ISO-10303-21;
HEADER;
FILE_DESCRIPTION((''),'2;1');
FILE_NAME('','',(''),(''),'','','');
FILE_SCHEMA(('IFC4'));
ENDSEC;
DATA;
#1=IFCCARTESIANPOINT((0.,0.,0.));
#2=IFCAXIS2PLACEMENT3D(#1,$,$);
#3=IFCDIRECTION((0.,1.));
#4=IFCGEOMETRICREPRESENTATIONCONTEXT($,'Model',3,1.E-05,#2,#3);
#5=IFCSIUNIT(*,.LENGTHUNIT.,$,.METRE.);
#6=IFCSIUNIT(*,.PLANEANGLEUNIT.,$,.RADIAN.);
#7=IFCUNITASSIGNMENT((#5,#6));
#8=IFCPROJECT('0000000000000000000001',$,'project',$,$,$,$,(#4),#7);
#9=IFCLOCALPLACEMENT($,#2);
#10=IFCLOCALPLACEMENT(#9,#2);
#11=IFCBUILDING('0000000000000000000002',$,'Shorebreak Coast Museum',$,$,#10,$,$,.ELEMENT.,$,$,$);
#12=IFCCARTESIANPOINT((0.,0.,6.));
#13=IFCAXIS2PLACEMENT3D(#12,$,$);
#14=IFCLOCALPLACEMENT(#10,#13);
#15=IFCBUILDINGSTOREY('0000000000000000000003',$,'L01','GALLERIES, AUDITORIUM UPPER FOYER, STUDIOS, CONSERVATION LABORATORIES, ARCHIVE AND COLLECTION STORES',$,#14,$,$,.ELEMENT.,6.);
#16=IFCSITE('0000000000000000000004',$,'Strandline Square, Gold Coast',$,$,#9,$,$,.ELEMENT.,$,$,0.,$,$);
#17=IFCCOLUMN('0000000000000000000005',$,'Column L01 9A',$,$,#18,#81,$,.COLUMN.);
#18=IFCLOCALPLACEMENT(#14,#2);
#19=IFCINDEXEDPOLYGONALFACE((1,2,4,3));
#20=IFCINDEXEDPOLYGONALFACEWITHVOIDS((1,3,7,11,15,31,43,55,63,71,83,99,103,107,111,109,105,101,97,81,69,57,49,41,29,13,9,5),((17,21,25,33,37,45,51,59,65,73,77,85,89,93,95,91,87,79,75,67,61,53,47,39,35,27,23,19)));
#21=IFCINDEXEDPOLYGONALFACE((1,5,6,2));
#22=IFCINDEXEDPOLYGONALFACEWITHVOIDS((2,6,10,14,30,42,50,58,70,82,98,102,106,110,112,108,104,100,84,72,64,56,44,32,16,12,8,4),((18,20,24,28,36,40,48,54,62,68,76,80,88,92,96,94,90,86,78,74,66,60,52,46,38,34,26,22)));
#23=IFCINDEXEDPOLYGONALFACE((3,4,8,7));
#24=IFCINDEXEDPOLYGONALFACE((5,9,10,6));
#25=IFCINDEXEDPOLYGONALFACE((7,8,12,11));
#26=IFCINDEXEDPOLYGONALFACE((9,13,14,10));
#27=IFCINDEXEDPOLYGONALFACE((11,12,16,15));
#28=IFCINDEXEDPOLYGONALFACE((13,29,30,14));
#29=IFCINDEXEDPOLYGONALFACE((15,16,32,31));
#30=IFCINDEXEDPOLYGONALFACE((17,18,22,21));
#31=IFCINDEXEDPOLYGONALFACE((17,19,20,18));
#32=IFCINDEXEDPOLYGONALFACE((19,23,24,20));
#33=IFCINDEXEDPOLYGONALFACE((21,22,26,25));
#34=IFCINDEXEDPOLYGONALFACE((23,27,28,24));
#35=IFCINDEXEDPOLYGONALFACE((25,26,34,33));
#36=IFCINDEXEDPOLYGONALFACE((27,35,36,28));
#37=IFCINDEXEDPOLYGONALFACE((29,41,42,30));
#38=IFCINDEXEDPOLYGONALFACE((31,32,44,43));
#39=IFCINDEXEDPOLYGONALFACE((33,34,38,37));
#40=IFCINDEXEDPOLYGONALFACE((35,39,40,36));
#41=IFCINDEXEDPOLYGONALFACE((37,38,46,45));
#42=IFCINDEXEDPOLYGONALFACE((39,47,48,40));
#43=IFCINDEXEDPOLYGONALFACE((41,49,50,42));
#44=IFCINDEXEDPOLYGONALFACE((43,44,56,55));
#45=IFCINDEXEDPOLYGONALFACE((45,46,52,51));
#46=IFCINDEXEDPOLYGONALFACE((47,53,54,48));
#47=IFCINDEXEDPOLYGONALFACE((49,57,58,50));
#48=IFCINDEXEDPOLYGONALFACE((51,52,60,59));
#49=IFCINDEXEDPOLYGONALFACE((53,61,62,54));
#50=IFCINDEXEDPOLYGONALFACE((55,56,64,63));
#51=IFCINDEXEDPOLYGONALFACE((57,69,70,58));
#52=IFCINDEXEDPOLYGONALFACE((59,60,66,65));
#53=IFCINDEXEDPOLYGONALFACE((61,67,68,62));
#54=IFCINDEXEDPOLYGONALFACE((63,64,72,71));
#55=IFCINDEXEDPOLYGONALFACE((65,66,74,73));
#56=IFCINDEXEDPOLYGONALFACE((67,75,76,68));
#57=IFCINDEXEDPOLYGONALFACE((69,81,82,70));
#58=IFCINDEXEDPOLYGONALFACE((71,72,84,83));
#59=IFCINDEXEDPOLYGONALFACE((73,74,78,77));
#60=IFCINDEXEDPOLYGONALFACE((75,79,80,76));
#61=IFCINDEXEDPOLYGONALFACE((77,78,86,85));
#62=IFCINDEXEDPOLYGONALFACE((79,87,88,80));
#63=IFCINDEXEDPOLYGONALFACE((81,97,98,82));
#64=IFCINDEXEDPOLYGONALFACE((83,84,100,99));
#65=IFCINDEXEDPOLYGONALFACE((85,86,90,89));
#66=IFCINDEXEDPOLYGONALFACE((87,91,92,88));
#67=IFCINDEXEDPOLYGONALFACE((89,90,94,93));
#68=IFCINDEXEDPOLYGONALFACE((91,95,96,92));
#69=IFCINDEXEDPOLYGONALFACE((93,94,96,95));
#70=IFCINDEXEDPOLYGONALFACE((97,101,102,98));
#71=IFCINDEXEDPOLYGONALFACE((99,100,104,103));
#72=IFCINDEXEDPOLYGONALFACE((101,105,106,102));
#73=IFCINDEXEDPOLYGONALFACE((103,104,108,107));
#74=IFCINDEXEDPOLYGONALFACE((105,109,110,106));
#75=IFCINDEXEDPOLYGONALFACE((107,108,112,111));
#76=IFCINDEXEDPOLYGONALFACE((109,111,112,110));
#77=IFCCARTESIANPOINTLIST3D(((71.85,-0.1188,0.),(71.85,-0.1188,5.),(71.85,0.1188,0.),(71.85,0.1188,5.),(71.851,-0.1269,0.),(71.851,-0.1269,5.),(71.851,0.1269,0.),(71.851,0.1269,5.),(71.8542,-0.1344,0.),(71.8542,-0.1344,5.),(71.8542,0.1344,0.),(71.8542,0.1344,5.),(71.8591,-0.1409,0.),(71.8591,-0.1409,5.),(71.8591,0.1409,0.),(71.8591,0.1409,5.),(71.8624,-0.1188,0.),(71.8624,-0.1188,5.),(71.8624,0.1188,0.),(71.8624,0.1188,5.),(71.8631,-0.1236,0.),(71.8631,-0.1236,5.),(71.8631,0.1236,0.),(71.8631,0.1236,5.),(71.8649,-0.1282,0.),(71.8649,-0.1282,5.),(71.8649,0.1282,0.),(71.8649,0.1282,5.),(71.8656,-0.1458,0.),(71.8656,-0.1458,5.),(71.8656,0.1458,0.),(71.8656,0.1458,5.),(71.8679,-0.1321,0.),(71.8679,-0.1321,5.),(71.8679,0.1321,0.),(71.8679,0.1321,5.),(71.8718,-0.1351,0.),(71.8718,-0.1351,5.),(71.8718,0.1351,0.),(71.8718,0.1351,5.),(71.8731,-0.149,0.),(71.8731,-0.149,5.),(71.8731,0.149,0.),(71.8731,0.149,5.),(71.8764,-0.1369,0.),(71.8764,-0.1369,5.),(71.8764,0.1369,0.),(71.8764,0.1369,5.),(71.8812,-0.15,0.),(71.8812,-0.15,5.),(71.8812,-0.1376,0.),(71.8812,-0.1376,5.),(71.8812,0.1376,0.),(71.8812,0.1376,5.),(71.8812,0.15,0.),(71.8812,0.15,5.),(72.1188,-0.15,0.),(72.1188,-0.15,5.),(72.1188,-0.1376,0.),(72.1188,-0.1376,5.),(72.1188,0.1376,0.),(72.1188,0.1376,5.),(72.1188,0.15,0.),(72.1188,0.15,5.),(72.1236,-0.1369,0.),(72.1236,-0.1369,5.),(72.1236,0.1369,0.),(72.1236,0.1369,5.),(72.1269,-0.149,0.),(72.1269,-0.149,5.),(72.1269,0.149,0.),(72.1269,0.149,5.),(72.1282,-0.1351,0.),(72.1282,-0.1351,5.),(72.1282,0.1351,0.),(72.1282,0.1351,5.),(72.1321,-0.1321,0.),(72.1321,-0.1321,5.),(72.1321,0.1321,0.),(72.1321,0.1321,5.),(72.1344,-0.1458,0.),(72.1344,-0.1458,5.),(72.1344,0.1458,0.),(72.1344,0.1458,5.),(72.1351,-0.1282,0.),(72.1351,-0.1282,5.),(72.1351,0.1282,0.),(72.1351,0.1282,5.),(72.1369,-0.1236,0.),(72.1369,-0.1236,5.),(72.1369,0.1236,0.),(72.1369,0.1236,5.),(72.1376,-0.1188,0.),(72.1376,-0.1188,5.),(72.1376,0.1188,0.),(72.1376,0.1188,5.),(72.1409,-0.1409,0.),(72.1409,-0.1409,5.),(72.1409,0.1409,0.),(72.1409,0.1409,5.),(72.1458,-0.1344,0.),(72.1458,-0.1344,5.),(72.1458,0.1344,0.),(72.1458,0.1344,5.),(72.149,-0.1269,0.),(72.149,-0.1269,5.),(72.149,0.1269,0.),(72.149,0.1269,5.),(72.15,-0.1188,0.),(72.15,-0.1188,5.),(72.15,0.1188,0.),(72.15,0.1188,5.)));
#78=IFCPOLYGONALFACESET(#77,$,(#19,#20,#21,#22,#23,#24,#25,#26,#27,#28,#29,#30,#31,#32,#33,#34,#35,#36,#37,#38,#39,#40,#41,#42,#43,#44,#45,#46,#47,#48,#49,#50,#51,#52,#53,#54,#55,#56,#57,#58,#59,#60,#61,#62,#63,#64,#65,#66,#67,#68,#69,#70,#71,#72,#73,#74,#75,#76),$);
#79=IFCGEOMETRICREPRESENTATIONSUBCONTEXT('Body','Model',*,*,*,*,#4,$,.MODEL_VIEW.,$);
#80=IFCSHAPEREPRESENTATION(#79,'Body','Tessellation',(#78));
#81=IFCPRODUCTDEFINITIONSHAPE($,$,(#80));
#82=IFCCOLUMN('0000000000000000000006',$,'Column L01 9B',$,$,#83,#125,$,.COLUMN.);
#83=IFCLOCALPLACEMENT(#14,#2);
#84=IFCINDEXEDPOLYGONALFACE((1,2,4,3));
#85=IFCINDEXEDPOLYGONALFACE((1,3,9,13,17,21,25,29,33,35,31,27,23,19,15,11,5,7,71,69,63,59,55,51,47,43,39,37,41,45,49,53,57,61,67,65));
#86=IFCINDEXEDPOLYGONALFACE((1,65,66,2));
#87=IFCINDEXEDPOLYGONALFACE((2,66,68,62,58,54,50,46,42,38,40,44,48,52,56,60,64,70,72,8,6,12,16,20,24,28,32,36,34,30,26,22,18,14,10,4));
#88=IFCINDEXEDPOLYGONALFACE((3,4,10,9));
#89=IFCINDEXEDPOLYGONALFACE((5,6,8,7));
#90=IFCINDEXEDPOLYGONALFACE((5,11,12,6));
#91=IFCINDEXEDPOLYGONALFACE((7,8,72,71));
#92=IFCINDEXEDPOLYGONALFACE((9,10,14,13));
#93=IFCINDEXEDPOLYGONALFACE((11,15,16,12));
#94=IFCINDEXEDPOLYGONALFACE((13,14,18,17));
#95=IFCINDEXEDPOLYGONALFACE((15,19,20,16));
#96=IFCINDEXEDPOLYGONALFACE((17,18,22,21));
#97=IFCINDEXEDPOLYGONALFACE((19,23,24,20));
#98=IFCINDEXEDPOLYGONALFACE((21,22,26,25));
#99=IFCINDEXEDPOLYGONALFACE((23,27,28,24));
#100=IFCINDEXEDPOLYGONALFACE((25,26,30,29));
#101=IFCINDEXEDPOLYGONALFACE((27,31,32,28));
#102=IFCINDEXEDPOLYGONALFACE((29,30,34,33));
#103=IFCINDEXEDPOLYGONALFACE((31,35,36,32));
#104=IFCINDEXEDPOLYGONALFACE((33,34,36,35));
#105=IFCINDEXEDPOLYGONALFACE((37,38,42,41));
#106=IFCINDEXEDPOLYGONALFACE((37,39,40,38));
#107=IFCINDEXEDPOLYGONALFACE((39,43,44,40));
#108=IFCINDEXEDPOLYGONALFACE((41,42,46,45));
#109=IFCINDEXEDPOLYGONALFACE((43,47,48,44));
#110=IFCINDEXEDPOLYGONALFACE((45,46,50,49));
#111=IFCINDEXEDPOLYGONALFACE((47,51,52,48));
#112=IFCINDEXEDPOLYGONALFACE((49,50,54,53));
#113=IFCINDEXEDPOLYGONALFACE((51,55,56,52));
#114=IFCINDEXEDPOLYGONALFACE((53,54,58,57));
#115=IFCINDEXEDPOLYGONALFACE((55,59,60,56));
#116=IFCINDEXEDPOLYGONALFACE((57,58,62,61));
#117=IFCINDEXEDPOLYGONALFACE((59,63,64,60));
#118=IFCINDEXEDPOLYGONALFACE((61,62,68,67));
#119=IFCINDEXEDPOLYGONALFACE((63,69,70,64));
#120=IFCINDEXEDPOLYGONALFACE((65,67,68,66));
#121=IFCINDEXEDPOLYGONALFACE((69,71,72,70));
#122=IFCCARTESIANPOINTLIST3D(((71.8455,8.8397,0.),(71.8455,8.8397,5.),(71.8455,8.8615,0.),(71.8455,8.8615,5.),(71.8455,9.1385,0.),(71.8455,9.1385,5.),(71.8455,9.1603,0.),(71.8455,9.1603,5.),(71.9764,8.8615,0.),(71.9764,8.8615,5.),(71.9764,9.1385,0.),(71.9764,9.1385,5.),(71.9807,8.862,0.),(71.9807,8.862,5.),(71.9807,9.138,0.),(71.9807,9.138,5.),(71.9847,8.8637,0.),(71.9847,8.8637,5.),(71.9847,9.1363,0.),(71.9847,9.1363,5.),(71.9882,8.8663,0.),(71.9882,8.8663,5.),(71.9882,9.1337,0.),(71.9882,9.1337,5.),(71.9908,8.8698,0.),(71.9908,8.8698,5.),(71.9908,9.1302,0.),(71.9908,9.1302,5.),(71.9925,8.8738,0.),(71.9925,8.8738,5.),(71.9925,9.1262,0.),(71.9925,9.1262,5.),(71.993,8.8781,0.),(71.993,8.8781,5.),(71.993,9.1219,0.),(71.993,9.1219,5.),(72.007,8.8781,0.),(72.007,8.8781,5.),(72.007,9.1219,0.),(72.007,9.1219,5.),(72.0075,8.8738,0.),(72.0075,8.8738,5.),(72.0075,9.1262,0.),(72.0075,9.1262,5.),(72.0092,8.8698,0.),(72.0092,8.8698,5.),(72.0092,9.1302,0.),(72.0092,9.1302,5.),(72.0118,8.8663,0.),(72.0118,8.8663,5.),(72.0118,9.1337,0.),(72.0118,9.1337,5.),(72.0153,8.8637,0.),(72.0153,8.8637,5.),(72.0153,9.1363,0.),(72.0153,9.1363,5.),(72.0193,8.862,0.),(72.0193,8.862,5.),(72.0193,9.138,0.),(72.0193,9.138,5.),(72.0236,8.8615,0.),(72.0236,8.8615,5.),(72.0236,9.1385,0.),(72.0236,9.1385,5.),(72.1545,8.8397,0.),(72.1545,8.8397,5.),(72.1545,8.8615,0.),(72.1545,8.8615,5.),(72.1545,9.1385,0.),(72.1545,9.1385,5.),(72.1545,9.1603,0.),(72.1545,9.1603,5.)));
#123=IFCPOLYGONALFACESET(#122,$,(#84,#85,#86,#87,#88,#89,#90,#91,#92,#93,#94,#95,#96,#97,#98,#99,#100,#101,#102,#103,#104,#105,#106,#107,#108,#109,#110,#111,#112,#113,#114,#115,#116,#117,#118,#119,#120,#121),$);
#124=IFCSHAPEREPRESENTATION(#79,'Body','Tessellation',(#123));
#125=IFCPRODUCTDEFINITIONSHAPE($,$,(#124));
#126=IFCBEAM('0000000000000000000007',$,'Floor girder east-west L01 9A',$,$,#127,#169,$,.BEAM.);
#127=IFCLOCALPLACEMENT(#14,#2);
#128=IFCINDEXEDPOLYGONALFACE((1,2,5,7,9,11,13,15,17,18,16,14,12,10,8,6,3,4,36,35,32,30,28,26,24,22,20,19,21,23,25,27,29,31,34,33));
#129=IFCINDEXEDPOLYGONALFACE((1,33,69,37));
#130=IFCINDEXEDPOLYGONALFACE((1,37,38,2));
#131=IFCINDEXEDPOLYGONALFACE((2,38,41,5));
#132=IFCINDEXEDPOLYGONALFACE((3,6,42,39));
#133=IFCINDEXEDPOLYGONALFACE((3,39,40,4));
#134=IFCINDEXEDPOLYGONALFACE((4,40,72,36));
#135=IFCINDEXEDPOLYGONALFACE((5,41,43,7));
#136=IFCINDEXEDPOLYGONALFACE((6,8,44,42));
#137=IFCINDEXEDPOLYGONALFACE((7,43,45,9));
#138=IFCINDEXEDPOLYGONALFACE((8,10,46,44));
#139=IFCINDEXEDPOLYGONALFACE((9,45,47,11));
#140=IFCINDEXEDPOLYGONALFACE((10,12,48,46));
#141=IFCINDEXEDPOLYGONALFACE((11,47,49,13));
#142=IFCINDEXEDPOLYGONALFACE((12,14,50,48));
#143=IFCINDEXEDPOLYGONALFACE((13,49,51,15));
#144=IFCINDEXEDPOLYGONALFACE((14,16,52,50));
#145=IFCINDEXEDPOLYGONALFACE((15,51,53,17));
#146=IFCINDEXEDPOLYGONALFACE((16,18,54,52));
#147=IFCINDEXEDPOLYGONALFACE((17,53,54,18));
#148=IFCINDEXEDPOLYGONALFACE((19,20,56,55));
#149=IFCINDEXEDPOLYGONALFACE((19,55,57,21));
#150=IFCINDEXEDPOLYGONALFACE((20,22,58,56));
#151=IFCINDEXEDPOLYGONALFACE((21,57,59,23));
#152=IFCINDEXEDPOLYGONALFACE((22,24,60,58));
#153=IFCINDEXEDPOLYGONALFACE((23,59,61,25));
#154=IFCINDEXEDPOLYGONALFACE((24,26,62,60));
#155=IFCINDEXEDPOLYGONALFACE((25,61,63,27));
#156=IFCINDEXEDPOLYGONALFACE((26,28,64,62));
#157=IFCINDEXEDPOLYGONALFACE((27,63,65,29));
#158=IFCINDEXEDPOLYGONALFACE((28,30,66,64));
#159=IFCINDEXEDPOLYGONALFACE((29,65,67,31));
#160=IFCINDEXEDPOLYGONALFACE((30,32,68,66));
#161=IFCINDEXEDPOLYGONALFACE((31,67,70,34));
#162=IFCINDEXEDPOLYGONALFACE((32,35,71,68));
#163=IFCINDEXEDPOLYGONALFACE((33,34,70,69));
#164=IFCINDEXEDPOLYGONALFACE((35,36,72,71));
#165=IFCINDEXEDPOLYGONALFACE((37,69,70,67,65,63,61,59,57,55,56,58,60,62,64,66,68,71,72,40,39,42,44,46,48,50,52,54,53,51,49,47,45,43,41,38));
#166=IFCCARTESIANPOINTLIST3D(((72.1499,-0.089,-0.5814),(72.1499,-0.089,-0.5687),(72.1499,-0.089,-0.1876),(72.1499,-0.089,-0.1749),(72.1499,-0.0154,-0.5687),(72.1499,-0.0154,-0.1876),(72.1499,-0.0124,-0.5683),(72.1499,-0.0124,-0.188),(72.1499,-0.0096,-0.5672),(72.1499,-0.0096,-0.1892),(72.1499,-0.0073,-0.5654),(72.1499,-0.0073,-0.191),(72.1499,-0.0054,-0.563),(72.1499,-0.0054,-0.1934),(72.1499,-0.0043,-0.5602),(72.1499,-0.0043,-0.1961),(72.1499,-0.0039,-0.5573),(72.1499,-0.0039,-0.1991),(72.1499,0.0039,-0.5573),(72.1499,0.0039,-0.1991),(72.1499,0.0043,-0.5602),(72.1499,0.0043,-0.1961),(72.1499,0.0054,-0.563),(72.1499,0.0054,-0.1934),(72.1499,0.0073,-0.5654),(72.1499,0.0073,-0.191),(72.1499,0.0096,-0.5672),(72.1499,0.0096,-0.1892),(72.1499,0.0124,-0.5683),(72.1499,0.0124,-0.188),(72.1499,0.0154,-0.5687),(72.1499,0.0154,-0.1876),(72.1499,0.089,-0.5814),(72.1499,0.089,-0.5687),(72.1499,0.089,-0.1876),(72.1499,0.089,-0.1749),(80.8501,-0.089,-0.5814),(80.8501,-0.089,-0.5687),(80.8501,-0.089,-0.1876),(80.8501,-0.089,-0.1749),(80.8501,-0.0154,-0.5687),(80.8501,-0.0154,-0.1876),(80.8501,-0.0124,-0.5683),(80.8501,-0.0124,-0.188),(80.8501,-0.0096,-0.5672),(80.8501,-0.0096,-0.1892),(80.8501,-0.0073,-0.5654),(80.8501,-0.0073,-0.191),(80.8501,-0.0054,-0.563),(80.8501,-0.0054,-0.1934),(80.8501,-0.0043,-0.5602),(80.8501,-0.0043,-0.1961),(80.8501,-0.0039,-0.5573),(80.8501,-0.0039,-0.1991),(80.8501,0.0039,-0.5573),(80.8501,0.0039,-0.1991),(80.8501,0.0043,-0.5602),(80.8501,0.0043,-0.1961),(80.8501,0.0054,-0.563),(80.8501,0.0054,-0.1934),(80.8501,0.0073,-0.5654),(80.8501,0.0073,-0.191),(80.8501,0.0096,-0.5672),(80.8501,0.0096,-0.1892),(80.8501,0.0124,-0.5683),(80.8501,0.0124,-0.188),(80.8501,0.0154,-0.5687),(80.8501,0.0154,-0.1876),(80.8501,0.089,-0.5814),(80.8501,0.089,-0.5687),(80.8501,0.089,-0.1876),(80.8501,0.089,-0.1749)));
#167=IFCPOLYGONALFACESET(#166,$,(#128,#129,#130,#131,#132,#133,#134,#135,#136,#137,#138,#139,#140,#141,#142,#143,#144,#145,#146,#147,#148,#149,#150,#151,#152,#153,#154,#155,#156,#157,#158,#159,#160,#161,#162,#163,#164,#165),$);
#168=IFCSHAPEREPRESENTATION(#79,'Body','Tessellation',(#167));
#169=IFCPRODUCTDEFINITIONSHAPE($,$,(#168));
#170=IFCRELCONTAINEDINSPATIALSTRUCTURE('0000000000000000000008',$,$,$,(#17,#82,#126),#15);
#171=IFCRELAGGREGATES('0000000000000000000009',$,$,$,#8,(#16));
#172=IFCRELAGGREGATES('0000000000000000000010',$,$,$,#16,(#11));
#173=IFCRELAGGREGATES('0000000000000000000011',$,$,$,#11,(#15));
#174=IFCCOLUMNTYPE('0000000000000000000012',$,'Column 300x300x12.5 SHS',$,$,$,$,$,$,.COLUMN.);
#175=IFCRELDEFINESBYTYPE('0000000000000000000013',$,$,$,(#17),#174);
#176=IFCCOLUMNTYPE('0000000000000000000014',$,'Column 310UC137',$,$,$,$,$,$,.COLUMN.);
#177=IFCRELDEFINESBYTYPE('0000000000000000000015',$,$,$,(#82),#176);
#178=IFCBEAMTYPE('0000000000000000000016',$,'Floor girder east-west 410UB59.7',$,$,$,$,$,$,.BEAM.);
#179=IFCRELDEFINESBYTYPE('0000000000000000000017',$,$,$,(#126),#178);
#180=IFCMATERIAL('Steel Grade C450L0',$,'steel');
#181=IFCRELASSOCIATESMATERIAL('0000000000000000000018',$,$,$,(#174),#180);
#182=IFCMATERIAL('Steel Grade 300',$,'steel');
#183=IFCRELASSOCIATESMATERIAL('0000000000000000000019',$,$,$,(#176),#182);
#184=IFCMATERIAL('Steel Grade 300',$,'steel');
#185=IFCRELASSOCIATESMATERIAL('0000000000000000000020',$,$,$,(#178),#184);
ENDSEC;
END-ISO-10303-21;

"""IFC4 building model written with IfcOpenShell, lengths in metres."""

from ifc_helpers import new_model, si_unit, direction, frame, origin, origin_2d, place, context, subcontext, project, spatial, hollow_rectangle, i_section, extrude, material, material_profile, profile_set, type_object, element, save


model = new_model("IFC4")

# Units and contexts
model_context = context("Model", 3, precision=1e-05, world=origin(), true_north=direction((0.0, 1.0)))
body_context = subcontext(model_context, "Body", "Model", "MODEL_VIEW")
ifc_project = project(units=[si_unit("LENGTHUNIT", "METRE"), si_unit("PLANEANGLEUNIT", "RADIAN")], contexts=[model_context])

# Site, building, storey
site_placement = place(None, origin())
site = spatial("IfcSite", under=ifc_project, at=site_placement, Name="Strandline Square, Gold Coast", CompositionType="ELEMENT", RefElevation=0.0)
building_placement = place(site_placement, origin())
building = spatial("IfcBuilding", under=site, at=building_placement, Name="Shorebreak Coast Museum", CompositionType="ELEMENT")
storey_placement = place(building_placement, frame((0.0, 0.0, 6.0)))
storey = spatial("IfcBuildingStorey", under=building, at=storey_placement, Name="L01", Description="GALLERIES, AUDITORIUM UPPER FOYER, STUDIOS, CONSERVATION LABORATORIES, ARCHIVE AND COLLECTION STORES", CompositionType="ELEMENT", Elevation=6.0)

# Columns
ifc_material_1 = material(Name="Steel Grade C450L0", Category="steel")
ifc_material_profile_1 = material_profile(ifc_material_1, hollow_rectangle(XDim=0.3, YDim=0.3, WallThickness=0.0125, InnerFilletRadius=0.0188, OuterFilletRadius=0.0312, at=origin_2d()), Name="300x300x12.5 SHS")
ifc_profile_set_1 = profile_set([ifc_material_profile_1], Name="Steel Grade C450L0")
column_type_1 = type_object("IfcColumnType", Name="Column 300x300x12.5 SHS", PredefinedType="COLUMN", material=ifc_profile_set_1)
column_1_placement = place(storey_placement, frame((72.0, 0.0, 0.0), z_axis=(0.0, 0.0, 1.0), x_axis=(1.0, 0.0, 0.0)))
element("IfcColumn", 1, at=column_1_placement, inside=storey, type_object=column_type_1, Name="Column L01 9A", PredefinedType="COLUMN", context=body_context, shape_type="SweptSolid", body=[
    extrude(hollow_rectangle(XDim=0.3, YDim=0.3, WallThickness=0.0125, InnerFilletRadius=0.0188, OuterFilletRadius=0.0312, at=origin_2d()), origin(), (0.0, 0.0, 1.0), 5.0),
])
ifc_material_2 = material(Name="Steel Grade 300", Category="steel")
ifc_material_profile_2 = material_profile(ifc_material_2, i_section(OverallWidth=0.3091, OverallDepth=0.3206, WebThickness=0.0139, FlangeThickness=0.0217, FilletRadius=0.0166, at=origin_2d()), Name="310UC137")
ifc_profile_set_2 = profile_set([ifc_material_profile_2], Name="Steel Grade 300")
column_type_2 = type_object("IfcColumnType", Name="Column 310UC137", PredefinedType="COLUMN", material=ifc_profile_set_2)
column_2_placement = place(storey_placement, frame((72.0, 9.0, 0.0), z_axis=(0.0, 0.0, 1.0), x_axis=(1.0, 0.0, 0.0)))
element("IfcColumn", 2, at=column_2_placement, inside=storey, type_object=column_type_2, Name="Column L01 9B", PredefinedType="COLUMN", context=body_context, shape_type="SweptSolid", body=[
    extrude(i_section(OverallWidth=0.3091, OverallDepth=0.3206, WebThickness=0.0139, FlangeThickness=0.0217, FilletRadius=0.0166, at=origin_2d()), origin(), (0.0, 0.0, 1.0), 5.0),
])

# Beam
ifc_material_3 = material(Name="Steel Grade 300", Category="steel")
ifc_material_profile_3 = material_profile(ifc_material_3, i_section(OverallWidth=0.178, OverallDepth=0.4065, WebThickness=0.0078, FlangeThickness=0.0127, FilletRadius=0.0115, at=origin_2d()), Name="410UB59.7")
ifc_profile_set_3 = profile_set([ifc_material_profile_3], Name="Steel Grade 300")
beam_type_1 = type_object("IfcBeamType", Name="Floor girder east-west 410UB59.7", PredefinedType="BEAM", material=ifc_profile_set_3)
beam_1_placement = place(storey_placement, frame((72.1499, 0.0, -0.3782), z_axis=(1.0, 0.0, 0.0), x_axis=(0.0, 1.0, 0.0)))
element("IfcBeam", 3, at=beam_1_placement, inside=storey, type_object=beam_type_1, Name="Floor girder east-west L01 9A", PredefinedType="BEAM", context=body_context, shape_type="SweptSolid", body=[
    extrude(i_section(OverallWidth=0.178, OverallDepth=0.4065, WebThickness=0.0078, FlangeThickness=0.0127, FilletRadius=0.0115, at=origin_2d()), origin(), (0.0, 0.0, 1.0), 8.7002),
])

save(model, "model.ifc")
